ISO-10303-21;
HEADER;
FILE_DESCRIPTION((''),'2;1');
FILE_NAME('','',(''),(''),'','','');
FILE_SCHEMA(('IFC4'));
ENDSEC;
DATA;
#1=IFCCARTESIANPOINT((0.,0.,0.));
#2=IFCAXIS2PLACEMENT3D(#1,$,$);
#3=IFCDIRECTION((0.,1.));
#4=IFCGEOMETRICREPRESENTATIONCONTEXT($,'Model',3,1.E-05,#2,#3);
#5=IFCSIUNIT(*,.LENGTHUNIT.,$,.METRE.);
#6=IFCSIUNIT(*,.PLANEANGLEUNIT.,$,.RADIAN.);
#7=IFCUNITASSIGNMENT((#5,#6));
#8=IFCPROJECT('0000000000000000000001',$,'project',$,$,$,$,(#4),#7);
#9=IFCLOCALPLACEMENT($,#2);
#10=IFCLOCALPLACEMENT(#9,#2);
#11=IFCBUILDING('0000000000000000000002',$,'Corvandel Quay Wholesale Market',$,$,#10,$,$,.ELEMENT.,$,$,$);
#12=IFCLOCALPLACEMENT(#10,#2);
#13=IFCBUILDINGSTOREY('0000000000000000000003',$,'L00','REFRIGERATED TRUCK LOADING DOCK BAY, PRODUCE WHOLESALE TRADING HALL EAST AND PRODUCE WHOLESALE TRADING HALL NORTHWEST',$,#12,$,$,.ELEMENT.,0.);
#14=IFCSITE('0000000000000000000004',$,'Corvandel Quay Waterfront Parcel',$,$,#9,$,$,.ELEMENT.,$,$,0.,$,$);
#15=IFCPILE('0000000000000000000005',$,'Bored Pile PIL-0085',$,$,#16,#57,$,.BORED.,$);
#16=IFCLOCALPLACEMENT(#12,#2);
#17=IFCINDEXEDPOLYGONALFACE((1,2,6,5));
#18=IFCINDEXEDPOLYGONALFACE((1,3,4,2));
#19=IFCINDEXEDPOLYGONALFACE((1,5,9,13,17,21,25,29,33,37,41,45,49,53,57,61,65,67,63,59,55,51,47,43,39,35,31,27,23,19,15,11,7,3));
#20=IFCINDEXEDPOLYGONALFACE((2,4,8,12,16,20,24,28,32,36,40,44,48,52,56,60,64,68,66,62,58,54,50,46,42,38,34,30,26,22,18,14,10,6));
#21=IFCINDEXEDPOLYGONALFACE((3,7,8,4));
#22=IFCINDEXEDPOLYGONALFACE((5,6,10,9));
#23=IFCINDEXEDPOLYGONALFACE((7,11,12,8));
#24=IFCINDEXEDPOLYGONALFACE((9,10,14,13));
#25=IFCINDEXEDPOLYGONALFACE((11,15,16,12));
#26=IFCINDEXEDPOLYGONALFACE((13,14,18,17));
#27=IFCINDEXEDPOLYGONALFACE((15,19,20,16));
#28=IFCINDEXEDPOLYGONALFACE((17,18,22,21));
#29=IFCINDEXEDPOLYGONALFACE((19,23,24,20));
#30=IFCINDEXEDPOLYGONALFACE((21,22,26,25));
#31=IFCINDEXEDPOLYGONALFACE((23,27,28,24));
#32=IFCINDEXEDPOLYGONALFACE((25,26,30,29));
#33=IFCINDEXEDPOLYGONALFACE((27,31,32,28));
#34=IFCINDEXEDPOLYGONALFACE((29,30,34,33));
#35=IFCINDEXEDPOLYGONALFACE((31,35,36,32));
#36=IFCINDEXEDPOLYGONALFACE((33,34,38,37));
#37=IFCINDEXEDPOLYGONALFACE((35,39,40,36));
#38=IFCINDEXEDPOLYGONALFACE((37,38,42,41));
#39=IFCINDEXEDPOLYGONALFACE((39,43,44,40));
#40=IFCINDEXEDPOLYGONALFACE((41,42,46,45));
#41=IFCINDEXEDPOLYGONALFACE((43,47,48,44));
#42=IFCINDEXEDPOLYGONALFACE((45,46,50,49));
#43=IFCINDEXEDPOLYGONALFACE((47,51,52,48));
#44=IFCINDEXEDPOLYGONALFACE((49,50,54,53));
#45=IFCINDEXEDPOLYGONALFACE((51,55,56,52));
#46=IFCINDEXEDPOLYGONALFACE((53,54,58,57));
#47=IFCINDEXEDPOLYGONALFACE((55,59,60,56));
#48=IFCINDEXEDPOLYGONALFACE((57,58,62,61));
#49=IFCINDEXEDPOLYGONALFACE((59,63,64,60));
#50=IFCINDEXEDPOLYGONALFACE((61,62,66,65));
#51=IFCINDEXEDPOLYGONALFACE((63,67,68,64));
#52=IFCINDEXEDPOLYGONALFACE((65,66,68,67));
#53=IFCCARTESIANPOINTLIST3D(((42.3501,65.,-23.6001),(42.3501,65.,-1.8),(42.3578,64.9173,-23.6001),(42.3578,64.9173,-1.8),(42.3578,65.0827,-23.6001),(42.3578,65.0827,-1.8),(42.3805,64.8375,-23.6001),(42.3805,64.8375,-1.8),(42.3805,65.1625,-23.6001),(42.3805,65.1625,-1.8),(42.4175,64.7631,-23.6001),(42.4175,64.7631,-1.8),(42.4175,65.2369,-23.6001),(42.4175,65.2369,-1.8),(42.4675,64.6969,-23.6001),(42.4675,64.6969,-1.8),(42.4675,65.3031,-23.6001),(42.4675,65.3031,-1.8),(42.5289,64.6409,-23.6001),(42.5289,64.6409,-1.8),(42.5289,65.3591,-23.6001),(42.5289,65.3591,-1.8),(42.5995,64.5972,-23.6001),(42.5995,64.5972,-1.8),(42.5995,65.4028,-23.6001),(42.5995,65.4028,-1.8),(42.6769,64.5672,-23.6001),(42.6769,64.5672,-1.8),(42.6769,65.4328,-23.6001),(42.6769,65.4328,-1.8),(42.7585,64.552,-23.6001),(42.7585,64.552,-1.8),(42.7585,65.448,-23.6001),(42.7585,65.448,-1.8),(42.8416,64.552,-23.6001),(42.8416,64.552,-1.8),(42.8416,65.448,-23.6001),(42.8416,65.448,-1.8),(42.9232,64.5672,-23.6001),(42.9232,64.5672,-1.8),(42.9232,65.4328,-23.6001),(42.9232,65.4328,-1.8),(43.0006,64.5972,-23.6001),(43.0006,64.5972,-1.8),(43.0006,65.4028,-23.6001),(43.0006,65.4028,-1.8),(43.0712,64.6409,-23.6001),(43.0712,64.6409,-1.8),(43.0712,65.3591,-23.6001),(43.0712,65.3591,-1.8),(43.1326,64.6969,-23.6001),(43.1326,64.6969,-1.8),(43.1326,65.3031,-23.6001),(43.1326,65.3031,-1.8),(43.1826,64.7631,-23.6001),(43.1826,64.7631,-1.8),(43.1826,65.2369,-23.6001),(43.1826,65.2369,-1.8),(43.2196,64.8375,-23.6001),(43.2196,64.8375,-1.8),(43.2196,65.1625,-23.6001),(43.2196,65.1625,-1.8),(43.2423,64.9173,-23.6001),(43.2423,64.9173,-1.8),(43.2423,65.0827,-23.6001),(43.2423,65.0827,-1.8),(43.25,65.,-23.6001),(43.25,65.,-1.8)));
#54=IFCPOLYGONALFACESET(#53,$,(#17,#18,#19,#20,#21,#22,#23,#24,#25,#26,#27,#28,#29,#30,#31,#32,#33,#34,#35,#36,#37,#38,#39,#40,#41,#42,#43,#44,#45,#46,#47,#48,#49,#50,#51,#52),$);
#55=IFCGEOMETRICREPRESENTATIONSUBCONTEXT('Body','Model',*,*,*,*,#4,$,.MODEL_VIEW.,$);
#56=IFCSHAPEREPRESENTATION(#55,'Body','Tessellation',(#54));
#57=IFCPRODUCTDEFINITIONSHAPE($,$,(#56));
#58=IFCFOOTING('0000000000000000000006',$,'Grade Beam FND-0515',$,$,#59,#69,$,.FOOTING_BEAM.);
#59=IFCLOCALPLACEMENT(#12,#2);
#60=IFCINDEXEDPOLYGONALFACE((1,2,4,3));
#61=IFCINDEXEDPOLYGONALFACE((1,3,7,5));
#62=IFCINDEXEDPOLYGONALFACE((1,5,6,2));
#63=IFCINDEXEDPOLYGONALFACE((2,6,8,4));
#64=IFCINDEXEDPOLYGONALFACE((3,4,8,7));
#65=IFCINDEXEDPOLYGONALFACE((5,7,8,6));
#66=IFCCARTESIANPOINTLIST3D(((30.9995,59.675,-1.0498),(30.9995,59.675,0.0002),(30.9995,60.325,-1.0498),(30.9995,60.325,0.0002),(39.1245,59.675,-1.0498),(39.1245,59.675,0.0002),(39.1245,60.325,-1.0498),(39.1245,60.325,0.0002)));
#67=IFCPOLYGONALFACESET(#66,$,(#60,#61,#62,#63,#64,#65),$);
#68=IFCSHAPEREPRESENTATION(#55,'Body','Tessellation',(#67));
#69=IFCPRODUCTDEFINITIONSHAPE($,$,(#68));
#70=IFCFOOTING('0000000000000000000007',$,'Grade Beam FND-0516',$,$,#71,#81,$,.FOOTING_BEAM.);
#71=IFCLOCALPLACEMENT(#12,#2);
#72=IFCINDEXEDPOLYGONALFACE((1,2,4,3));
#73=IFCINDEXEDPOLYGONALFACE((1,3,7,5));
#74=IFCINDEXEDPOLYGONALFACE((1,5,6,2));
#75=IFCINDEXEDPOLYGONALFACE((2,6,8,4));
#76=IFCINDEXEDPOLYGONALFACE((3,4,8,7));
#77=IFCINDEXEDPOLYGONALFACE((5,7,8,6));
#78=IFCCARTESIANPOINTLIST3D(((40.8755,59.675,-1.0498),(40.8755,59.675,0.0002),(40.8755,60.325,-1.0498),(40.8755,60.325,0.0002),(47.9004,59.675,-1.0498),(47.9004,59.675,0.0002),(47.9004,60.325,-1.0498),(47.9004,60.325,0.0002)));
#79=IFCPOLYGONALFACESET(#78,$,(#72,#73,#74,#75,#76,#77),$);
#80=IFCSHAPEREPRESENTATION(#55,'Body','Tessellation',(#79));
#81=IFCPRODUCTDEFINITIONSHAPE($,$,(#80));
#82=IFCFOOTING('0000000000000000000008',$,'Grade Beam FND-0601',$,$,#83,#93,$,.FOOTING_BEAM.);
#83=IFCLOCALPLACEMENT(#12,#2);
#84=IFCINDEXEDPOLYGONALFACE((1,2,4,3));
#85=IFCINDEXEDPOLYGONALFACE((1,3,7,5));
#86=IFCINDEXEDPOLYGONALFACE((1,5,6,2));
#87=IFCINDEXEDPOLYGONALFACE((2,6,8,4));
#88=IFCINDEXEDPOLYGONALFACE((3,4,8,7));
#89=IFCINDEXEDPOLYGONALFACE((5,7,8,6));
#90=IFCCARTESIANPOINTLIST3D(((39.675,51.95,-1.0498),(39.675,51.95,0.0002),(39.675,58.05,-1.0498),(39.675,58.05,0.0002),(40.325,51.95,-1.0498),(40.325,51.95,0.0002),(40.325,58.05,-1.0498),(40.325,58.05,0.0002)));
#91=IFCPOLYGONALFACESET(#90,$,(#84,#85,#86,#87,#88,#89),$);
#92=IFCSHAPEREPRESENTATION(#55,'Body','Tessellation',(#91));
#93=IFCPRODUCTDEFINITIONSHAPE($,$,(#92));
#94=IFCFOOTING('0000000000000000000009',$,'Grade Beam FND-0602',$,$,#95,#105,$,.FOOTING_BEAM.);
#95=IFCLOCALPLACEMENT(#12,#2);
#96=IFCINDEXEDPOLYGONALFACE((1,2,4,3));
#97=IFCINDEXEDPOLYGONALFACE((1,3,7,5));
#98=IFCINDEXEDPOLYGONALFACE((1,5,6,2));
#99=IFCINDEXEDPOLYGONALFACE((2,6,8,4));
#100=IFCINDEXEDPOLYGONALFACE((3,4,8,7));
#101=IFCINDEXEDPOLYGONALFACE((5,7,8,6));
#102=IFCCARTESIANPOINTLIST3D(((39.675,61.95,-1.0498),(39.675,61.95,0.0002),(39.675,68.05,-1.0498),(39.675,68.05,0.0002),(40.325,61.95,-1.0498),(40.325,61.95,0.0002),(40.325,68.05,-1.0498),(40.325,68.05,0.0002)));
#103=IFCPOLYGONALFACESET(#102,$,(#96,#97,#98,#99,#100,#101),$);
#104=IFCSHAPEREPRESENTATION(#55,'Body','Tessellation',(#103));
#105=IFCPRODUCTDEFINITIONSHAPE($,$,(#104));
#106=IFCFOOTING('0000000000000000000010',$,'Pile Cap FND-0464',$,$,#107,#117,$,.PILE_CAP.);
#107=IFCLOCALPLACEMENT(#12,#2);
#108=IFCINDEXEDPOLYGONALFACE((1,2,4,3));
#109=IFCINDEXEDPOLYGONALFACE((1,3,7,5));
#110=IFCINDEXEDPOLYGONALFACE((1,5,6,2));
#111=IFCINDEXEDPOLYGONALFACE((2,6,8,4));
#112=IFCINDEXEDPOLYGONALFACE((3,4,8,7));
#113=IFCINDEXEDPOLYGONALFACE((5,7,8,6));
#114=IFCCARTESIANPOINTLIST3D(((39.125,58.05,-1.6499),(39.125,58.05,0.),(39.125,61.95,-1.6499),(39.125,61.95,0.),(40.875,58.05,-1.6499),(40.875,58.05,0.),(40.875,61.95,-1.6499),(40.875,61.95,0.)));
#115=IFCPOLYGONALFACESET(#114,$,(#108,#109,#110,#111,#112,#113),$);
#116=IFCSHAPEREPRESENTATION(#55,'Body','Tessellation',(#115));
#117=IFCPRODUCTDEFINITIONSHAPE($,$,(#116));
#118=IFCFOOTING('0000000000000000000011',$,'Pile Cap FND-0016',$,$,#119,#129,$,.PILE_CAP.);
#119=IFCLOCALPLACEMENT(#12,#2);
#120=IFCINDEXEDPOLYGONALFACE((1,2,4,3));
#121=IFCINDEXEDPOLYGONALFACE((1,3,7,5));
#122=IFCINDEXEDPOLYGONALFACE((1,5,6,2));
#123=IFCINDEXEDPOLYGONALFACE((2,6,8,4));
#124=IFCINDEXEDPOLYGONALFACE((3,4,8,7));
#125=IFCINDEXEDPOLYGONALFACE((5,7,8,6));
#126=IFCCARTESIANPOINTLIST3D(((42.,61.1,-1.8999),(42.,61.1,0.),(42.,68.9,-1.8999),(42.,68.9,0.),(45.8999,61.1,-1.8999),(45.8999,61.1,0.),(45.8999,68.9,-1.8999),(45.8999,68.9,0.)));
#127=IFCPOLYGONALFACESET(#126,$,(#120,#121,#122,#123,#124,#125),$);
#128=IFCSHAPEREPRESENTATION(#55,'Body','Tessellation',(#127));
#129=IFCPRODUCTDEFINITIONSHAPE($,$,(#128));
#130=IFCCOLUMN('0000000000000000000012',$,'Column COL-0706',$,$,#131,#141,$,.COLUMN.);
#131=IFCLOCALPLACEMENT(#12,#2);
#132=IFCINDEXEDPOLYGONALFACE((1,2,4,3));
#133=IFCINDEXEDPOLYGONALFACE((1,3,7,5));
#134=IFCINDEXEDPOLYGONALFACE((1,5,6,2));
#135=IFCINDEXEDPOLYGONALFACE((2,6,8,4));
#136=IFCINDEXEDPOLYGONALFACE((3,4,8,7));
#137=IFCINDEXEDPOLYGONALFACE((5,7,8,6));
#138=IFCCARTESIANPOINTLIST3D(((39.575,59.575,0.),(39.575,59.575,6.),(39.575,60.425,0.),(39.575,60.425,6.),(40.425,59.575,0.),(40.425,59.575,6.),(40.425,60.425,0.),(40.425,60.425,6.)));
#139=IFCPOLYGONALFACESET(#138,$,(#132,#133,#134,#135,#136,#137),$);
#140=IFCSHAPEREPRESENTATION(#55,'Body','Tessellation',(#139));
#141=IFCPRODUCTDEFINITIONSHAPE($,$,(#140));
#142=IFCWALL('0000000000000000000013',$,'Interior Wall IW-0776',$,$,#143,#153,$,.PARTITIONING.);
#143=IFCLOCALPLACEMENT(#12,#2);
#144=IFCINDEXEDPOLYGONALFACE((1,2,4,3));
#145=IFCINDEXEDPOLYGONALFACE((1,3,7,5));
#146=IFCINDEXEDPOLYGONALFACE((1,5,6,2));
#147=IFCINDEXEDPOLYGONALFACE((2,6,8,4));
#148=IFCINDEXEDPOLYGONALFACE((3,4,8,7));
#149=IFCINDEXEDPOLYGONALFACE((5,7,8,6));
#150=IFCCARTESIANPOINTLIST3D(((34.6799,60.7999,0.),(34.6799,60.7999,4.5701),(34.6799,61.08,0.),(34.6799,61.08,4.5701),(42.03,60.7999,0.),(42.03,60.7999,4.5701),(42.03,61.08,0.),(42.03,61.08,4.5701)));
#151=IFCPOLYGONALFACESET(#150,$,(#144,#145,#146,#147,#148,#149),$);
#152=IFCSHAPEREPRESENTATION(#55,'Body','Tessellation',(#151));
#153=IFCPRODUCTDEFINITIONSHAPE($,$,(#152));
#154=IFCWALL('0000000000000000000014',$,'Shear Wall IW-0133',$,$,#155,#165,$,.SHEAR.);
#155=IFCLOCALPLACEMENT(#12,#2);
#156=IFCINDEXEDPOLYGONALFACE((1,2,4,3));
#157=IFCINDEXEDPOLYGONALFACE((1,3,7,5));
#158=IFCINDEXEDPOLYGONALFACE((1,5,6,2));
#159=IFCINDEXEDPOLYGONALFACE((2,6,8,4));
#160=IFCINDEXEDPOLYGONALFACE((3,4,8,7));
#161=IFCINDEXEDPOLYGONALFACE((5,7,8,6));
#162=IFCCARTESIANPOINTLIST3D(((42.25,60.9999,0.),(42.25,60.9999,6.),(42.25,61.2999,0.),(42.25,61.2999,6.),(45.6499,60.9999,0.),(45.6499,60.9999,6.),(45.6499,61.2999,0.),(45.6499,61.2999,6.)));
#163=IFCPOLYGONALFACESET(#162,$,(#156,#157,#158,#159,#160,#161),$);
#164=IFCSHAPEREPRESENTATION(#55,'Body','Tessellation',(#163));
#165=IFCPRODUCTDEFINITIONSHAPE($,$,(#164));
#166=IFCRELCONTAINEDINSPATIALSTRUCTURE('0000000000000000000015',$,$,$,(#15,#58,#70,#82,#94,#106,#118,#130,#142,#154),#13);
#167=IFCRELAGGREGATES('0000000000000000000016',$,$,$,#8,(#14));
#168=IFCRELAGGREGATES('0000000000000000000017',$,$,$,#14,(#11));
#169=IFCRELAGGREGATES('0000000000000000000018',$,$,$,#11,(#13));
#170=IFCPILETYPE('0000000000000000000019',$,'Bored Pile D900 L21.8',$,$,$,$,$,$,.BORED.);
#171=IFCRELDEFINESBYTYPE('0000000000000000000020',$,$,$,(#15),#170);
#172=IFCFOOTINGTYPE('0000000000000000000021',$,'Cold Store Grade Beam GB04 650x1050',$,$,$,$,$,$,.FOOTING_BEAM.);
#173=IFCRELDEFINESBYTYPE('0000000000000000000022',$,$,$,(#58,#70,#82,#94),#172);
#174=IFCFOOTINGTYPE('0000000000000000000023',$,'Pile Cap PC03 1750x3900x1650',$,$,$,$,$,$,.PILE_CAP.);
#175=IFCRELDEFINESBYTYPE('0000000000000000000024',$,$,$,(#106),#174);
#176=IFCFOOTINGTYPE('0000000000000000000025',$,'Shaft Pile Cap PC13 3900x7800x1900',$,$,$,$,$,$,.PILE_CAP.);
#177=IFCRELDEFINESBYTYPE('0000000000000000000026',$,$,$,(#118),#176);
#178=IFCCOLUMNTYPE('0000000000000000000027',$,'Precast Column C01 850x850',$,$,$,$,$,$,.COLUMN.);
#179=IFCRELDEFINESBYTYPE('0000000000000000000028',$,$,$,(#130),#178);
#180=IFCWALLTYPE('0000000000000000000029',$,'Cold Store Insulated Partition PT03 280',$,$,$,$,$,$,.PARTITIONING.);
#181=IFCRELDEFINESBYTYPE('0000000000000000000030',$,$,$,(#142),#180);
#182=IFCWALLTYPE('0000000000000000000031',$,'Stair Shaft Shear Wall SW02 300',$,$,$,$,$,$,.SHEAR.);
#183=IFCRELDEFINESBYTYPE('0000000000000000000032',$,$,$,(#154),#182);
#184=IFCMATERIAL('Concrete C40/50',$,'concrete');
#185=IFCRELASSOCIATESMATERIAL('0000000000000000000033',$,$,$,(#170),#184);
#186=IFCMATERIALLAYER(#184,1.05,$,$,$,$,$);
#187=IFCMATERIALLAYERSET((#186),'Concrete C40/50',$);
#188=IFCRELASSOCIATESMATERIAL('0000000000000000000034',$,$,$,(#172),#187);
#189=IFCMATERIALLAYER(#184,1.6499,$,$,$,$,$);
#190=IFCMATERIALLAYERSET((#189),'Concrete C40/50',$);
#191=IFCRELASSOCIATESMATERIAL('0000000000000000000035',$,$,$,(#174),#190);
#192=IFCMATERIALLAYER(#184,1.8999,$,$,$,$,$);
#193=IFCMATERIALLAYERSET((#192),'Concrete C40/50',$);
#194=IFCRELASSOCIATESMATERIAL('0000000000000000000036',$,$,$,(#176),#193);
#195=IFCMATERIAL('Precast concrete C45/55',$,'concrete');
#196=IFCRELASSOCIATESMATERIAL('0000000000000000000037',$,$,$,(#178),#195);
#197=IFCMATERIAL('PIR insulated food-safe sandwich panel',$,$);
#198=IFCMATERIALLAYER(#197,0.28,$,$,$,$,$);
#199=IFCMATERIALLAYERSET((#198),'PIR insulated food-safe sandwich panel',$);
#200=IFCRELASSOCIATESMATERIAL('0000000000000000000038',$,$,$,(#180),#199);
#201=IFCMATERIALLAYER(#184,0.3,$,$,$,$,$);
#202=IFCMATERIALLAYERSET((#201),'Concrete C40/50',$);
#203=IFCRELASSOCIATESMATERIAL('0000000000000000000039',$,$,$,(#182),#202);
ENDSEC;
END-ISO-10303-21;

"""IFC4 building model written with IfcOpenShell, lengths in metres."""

from ifc_helpers import new_model, si_unit, direction, frame, frame_2d, origin, origin_2d, place, context, subcontext, project, spatial, rectangle, circle, extrude, material, layer, layer_set, material_profile, profile_set, type_object, element, save


model = new_model("IFC4")

# Units and contexts
model_context = context("Model", 3, precision=1e-05, world=origin(), true_north=direction((0.0, 1.0)))
body_context = subcontext(model_context, "Body", "Model", "MODEL_VIEW")
ifc_project = project(units=[si_unit("LENGTHUNIT", "METRE"), si_unit("PLANEANGLEUNIT", "RADIAN")], contexts=[model_context])

# Site, building, storey
site_placement = place(None, origin())
site = spatial("IfcSite", under=ifc_project, at=site_placement, Name="Corvandel Quay Waterfront Parcel", CompositionType="ELEMENT", RefElevation=0.0)
building_placement = place(site_placement, origin())
building = spatial("IfcBuilding", under=site, at=building_placement, Name="Corvandel Quay Wholesale Market", CompositionType="ELEMENT")
storey_placement = place(building_placement, origin())
storey = spatial("IfcBuildingStorey", under=building, at=storey_placement, Name="L00", Description="REFRIGERATED TRUCK LOADING DOCK BAY, PRODUCE WHOLESALE TRADING HALL EAST AND PRODUCE WHOLESALE TRADING HALL NORTHWEST", CompositionType="ELEMENT", Elevation=0.0)

# Pile
ifc_material_1 = material(Name="Concrete C40/50", Category="concrete")
ifc_material_profile_1 = material_profile(ifc_material_1, circle(Radius=0.45, at=origin_2d()), Name="RC-PILE-D900")
ifc_profile_set_1 = profile_set([ifc_material_profile_1], Name="Concrete C40/50")
pile_type_1 = type_object("IfcPileType", Name="Bored Pile D900 L21.8", PredefinedType="BORED", material=ifc_profile_set_1)
for number, where, z_axis, x_axis, name in (
    (1, (42.8, 65.0, -1.8), (0.0, 0.0, -1.0), (1.0, 0.0, 0.0), "Bored Pile PIL-0085"),
):
    element("IfcPile", number, at=place(storey_placement, frame(where, z_axis=z_axis, x_axis=x_axis)), inside=storey, type_object=pile_type_1, Name=name, PredefinedType="BORED", context=body_context, shape_type="SweptSolid", body=[
        extrude(circle(Radius=0.45, at=origin_2d()), origin(), (0.0, 0.0, 1.0), 21.8),
    ])

# Footings
ifc_layer_1 = layer(ifc_material_1, 1.05)
ifc_layer_set_1 = layer_set([ifc_layer_1], Name="Concrete C40/50")
footing_type_1 = type_object("IfcFootingType", Name="Cold Store Grade Beam GB04 650x1050", PredefinedType="FOOTING_BEAM", material=ifc_layer_set_1)
footing_1_placement = place(storey_placement, frame((35.062, 60.0, -1.0498), z_axis=(0.0, 0.0, 1.0), x_axis=(1.0, 0.0, 0.0)))
element("IfcFooting", 2, at=footing_1_placement, inside=storey, type_object=footing_type_1, Name="Grade Beam FND-0515", PredefinedType="FOOTING_BEAM", context=body_context, shape_type="SweptSolid", body=[
    extrude(rectangle(XDim=8.125, YDim=0.6499, at=origin_2d()), origin(), (0.0, 0.0, 1.0), 1.05),
])
footing_2_placement = place(storey_placement, frame((44.3879, 60.0, -1.0498), z_axis=(0.0, 0.0, 1.0), x_axis=(1.0, 0.0, 0.0)))
element("IfcFooting", 3, at=footing_2_placement, inside=storey, type_object=footing_type_1, Name="Grade Beam FND-0516", PredefinedType="FOOTING_BEAM", context=body_context, shape_type="SweptSolid", body=[
    extrude(rectangle(XDim=7.0249, YDim=0.6499, at=origin_2d()), origin(), (0.0, 0.0, 1.0), 1.05),
])
for number, where, z_axis, x_axis, name in (
    (4, (40.0, 55.0, -1.0498), (0.0, 0.0, 1.0), (0.0, 1.0, 0.0), "Grade Beam FND-0601"),
    (5, (40.0, 65.0, -1.0498), (0.0, 0.0, 1.0), (0.0, 1.0, 0.0), "Grade Beam FND-0602"),
):
    element("IfcFooting", number, at=place(storey_placement, frame(where, z_axis=z_axis, x_axis=x_axis)), inside=storey, type_object=footing_type_1, Name=name, PredefinedType="FOOTING_BEAM", context=body_context, shape_type="SweptSolid", body=[
        extrude(rectangle(XDim=6.1001, YDim=0.6499, at=origin_2d()), origin(), (0.0, 0.0, 1.0), 1.05),
    ])
ifc_layer_2 = layer(ifc_material_1, 1.6499)
ifc_layer_set_2 = layer_set([ifc_layer_2], Name="Concrete C40/50")
footing_type_2 = type_object("IfcFootingType", Name="Pile Cap PC03 1750x3900x1650", PredefinedType="PILE_CAP", material=ifc_layer_set_2)
footing_3_placement = place(storey_placement, frame((40.0, 60.0, -1.6499), z_axis=(0.0, 0.0, 1.0), x_axis=(1.0, 0.0, 0.0)))
element("IfcFooting", 6, at=footing_3_placement, inside=storey, type_object=footing_type_2, Name="Pile Cap FND-0464", PredefinedType="PILE_CAP", context=body_context, shape_type="SweptSolid", body=[
    extrude(rectangle(XDim=1.75, YDim=3.8999, at=origin_2d()), origin(), (0.0, 0.0, 1.0), 1.6499),
])
ifc_layer_3 = layer(ifc_material_1, 1.8999)
ifc_layer_set_3 = layer_set([ifc_layer_3], Name="Concrete C40/50")
footing_type_3 = type_object("IfcFootingType", Name="Shaft Pile Cap PC13 3900x7800x1900", PredefinedType="PILE_CAP", material=ifc_layer_set_3)
footing_4_placement = place(storey_placement, frame((43.95, 65.0, -1.8999), z_axis=(0.0, 0.0, 1.0), x_axis=(1.0, 0.0, 0.0)))
element("IfcFooting", 7, at=footing_4_placement, inside=storey, type_object=footing_type_3, Name="Pile Cap FND-0016", PredefinedType="PILE_CAP", context=body_context, shape_type="SweptSolid", body=[
    extrude(rectangle(XDim=3.8999, YDim=7.8, at=origin_2d()), origin(), (0.0, 0.0, 1.0), 1.8999),
])

# Column
ifc_material_2 = material(Name="Precast concrete C45/55", Category="concrete")
ifc_material_profile_2 = material_profile(ifc_material_2, rectangle(XDim=0.8501, YDim=0.8501, at=origin_2d()), Name="PC-COL-850x850")
ifc_profile_set_2 = profile_set([ifc_material_profile_2], Name="Precast concrete C45/55")
column_type = type_object("IfcColumnType", Name="Precast Column C01 850x850", PredefinedType="COLUMN", material=ifc_profile_set_2)
column_placement = place(storey_placement, frame((40.0, 60.0, 0.0), z_axis=(0.0, 0.0, 1.0), x_axis=(1.0, 0.0, 0.0)))
element("IfcColumn", 8, at=column_placement, inside=storey, type_object=column_type, Name="Column COL-0706", PredefinedType="COLUMN", context=body_context, shape_type="SweptSolid", body=[
    extrude(rectangle(XDim=0.8501, YDim=0.8501, at=origin_2d()), origin(), (0.0, 0.0, 1.0), 6.0),
])

# Walls
ifc_material_3 = material(Name="PIR insulated food-safe sandwich panel")
ifc_layer_4 = layer(ifc_material_3, 0.28)
ifc_layer_set_4 = layer_set([ifc_layer_4], Name="PIR insulated food-safe sandwich panel")
wall_type_1 = type_object("IfcWallType", Name="Cold Store Insulated Partition PT03 280", PredefinedType="PARTITIONING", material=ifc_layer_set_4)
wall_1_placement = place(storey_placement, frame((34.6799, 60.9399, 0.0), z_axis=(0.0, 0.0, 1.0), x_axis=(1.0, 0.0, 0.0)))
element("IfcWall", 9, at=wall_1_placement, inside=storey, type_object=wall_type_1, Name="Interior Wall IW-0776", PredefinedType="PARTITIONING", context=body_context, shape_type="SweptSolid", body=[
    extrude(rectangle(XDim=7.3501, YDim=0.28, at=frame_2d((3.675, 0.0))), origin(), (0.0, 0.0, 1.0), 4.5701),
])
ifc_layer_5 = layer(ifc_material_1, 0.3)
ifc_layer_set_5 = layer_set([ifc_layer_5], Name="Concrete C40/50")
wall_type_2 = type_object("IfcWallType", Name="Stair Shaft Shear Wall SW02 300", PredefinedType="SHEAR", material=ifc_layer_set_5)
wall_2_placement = place(storey_placement, frame((42.25, 61.1499, 0.0), z_axis=(0.0, 0.0, 1.0), x_axis=(1.0, 0.0, 0.0)))
element("IfcWall", 10, at=wall_2_placement, inside=storey, type_object=wall_type_2, Name="Shear Wall IW-0133", PredefinedType="SHEAR", context=body_context, shape_type="SweptSolid", body=[
    extrude(rectangle(XDim=3.3999, YDim=0.3, at=frame_2d((1.7, 0.0))), origin(), (0.0, 0.0, 1.0), 6.0),
])

save(model, "model.ifc")
